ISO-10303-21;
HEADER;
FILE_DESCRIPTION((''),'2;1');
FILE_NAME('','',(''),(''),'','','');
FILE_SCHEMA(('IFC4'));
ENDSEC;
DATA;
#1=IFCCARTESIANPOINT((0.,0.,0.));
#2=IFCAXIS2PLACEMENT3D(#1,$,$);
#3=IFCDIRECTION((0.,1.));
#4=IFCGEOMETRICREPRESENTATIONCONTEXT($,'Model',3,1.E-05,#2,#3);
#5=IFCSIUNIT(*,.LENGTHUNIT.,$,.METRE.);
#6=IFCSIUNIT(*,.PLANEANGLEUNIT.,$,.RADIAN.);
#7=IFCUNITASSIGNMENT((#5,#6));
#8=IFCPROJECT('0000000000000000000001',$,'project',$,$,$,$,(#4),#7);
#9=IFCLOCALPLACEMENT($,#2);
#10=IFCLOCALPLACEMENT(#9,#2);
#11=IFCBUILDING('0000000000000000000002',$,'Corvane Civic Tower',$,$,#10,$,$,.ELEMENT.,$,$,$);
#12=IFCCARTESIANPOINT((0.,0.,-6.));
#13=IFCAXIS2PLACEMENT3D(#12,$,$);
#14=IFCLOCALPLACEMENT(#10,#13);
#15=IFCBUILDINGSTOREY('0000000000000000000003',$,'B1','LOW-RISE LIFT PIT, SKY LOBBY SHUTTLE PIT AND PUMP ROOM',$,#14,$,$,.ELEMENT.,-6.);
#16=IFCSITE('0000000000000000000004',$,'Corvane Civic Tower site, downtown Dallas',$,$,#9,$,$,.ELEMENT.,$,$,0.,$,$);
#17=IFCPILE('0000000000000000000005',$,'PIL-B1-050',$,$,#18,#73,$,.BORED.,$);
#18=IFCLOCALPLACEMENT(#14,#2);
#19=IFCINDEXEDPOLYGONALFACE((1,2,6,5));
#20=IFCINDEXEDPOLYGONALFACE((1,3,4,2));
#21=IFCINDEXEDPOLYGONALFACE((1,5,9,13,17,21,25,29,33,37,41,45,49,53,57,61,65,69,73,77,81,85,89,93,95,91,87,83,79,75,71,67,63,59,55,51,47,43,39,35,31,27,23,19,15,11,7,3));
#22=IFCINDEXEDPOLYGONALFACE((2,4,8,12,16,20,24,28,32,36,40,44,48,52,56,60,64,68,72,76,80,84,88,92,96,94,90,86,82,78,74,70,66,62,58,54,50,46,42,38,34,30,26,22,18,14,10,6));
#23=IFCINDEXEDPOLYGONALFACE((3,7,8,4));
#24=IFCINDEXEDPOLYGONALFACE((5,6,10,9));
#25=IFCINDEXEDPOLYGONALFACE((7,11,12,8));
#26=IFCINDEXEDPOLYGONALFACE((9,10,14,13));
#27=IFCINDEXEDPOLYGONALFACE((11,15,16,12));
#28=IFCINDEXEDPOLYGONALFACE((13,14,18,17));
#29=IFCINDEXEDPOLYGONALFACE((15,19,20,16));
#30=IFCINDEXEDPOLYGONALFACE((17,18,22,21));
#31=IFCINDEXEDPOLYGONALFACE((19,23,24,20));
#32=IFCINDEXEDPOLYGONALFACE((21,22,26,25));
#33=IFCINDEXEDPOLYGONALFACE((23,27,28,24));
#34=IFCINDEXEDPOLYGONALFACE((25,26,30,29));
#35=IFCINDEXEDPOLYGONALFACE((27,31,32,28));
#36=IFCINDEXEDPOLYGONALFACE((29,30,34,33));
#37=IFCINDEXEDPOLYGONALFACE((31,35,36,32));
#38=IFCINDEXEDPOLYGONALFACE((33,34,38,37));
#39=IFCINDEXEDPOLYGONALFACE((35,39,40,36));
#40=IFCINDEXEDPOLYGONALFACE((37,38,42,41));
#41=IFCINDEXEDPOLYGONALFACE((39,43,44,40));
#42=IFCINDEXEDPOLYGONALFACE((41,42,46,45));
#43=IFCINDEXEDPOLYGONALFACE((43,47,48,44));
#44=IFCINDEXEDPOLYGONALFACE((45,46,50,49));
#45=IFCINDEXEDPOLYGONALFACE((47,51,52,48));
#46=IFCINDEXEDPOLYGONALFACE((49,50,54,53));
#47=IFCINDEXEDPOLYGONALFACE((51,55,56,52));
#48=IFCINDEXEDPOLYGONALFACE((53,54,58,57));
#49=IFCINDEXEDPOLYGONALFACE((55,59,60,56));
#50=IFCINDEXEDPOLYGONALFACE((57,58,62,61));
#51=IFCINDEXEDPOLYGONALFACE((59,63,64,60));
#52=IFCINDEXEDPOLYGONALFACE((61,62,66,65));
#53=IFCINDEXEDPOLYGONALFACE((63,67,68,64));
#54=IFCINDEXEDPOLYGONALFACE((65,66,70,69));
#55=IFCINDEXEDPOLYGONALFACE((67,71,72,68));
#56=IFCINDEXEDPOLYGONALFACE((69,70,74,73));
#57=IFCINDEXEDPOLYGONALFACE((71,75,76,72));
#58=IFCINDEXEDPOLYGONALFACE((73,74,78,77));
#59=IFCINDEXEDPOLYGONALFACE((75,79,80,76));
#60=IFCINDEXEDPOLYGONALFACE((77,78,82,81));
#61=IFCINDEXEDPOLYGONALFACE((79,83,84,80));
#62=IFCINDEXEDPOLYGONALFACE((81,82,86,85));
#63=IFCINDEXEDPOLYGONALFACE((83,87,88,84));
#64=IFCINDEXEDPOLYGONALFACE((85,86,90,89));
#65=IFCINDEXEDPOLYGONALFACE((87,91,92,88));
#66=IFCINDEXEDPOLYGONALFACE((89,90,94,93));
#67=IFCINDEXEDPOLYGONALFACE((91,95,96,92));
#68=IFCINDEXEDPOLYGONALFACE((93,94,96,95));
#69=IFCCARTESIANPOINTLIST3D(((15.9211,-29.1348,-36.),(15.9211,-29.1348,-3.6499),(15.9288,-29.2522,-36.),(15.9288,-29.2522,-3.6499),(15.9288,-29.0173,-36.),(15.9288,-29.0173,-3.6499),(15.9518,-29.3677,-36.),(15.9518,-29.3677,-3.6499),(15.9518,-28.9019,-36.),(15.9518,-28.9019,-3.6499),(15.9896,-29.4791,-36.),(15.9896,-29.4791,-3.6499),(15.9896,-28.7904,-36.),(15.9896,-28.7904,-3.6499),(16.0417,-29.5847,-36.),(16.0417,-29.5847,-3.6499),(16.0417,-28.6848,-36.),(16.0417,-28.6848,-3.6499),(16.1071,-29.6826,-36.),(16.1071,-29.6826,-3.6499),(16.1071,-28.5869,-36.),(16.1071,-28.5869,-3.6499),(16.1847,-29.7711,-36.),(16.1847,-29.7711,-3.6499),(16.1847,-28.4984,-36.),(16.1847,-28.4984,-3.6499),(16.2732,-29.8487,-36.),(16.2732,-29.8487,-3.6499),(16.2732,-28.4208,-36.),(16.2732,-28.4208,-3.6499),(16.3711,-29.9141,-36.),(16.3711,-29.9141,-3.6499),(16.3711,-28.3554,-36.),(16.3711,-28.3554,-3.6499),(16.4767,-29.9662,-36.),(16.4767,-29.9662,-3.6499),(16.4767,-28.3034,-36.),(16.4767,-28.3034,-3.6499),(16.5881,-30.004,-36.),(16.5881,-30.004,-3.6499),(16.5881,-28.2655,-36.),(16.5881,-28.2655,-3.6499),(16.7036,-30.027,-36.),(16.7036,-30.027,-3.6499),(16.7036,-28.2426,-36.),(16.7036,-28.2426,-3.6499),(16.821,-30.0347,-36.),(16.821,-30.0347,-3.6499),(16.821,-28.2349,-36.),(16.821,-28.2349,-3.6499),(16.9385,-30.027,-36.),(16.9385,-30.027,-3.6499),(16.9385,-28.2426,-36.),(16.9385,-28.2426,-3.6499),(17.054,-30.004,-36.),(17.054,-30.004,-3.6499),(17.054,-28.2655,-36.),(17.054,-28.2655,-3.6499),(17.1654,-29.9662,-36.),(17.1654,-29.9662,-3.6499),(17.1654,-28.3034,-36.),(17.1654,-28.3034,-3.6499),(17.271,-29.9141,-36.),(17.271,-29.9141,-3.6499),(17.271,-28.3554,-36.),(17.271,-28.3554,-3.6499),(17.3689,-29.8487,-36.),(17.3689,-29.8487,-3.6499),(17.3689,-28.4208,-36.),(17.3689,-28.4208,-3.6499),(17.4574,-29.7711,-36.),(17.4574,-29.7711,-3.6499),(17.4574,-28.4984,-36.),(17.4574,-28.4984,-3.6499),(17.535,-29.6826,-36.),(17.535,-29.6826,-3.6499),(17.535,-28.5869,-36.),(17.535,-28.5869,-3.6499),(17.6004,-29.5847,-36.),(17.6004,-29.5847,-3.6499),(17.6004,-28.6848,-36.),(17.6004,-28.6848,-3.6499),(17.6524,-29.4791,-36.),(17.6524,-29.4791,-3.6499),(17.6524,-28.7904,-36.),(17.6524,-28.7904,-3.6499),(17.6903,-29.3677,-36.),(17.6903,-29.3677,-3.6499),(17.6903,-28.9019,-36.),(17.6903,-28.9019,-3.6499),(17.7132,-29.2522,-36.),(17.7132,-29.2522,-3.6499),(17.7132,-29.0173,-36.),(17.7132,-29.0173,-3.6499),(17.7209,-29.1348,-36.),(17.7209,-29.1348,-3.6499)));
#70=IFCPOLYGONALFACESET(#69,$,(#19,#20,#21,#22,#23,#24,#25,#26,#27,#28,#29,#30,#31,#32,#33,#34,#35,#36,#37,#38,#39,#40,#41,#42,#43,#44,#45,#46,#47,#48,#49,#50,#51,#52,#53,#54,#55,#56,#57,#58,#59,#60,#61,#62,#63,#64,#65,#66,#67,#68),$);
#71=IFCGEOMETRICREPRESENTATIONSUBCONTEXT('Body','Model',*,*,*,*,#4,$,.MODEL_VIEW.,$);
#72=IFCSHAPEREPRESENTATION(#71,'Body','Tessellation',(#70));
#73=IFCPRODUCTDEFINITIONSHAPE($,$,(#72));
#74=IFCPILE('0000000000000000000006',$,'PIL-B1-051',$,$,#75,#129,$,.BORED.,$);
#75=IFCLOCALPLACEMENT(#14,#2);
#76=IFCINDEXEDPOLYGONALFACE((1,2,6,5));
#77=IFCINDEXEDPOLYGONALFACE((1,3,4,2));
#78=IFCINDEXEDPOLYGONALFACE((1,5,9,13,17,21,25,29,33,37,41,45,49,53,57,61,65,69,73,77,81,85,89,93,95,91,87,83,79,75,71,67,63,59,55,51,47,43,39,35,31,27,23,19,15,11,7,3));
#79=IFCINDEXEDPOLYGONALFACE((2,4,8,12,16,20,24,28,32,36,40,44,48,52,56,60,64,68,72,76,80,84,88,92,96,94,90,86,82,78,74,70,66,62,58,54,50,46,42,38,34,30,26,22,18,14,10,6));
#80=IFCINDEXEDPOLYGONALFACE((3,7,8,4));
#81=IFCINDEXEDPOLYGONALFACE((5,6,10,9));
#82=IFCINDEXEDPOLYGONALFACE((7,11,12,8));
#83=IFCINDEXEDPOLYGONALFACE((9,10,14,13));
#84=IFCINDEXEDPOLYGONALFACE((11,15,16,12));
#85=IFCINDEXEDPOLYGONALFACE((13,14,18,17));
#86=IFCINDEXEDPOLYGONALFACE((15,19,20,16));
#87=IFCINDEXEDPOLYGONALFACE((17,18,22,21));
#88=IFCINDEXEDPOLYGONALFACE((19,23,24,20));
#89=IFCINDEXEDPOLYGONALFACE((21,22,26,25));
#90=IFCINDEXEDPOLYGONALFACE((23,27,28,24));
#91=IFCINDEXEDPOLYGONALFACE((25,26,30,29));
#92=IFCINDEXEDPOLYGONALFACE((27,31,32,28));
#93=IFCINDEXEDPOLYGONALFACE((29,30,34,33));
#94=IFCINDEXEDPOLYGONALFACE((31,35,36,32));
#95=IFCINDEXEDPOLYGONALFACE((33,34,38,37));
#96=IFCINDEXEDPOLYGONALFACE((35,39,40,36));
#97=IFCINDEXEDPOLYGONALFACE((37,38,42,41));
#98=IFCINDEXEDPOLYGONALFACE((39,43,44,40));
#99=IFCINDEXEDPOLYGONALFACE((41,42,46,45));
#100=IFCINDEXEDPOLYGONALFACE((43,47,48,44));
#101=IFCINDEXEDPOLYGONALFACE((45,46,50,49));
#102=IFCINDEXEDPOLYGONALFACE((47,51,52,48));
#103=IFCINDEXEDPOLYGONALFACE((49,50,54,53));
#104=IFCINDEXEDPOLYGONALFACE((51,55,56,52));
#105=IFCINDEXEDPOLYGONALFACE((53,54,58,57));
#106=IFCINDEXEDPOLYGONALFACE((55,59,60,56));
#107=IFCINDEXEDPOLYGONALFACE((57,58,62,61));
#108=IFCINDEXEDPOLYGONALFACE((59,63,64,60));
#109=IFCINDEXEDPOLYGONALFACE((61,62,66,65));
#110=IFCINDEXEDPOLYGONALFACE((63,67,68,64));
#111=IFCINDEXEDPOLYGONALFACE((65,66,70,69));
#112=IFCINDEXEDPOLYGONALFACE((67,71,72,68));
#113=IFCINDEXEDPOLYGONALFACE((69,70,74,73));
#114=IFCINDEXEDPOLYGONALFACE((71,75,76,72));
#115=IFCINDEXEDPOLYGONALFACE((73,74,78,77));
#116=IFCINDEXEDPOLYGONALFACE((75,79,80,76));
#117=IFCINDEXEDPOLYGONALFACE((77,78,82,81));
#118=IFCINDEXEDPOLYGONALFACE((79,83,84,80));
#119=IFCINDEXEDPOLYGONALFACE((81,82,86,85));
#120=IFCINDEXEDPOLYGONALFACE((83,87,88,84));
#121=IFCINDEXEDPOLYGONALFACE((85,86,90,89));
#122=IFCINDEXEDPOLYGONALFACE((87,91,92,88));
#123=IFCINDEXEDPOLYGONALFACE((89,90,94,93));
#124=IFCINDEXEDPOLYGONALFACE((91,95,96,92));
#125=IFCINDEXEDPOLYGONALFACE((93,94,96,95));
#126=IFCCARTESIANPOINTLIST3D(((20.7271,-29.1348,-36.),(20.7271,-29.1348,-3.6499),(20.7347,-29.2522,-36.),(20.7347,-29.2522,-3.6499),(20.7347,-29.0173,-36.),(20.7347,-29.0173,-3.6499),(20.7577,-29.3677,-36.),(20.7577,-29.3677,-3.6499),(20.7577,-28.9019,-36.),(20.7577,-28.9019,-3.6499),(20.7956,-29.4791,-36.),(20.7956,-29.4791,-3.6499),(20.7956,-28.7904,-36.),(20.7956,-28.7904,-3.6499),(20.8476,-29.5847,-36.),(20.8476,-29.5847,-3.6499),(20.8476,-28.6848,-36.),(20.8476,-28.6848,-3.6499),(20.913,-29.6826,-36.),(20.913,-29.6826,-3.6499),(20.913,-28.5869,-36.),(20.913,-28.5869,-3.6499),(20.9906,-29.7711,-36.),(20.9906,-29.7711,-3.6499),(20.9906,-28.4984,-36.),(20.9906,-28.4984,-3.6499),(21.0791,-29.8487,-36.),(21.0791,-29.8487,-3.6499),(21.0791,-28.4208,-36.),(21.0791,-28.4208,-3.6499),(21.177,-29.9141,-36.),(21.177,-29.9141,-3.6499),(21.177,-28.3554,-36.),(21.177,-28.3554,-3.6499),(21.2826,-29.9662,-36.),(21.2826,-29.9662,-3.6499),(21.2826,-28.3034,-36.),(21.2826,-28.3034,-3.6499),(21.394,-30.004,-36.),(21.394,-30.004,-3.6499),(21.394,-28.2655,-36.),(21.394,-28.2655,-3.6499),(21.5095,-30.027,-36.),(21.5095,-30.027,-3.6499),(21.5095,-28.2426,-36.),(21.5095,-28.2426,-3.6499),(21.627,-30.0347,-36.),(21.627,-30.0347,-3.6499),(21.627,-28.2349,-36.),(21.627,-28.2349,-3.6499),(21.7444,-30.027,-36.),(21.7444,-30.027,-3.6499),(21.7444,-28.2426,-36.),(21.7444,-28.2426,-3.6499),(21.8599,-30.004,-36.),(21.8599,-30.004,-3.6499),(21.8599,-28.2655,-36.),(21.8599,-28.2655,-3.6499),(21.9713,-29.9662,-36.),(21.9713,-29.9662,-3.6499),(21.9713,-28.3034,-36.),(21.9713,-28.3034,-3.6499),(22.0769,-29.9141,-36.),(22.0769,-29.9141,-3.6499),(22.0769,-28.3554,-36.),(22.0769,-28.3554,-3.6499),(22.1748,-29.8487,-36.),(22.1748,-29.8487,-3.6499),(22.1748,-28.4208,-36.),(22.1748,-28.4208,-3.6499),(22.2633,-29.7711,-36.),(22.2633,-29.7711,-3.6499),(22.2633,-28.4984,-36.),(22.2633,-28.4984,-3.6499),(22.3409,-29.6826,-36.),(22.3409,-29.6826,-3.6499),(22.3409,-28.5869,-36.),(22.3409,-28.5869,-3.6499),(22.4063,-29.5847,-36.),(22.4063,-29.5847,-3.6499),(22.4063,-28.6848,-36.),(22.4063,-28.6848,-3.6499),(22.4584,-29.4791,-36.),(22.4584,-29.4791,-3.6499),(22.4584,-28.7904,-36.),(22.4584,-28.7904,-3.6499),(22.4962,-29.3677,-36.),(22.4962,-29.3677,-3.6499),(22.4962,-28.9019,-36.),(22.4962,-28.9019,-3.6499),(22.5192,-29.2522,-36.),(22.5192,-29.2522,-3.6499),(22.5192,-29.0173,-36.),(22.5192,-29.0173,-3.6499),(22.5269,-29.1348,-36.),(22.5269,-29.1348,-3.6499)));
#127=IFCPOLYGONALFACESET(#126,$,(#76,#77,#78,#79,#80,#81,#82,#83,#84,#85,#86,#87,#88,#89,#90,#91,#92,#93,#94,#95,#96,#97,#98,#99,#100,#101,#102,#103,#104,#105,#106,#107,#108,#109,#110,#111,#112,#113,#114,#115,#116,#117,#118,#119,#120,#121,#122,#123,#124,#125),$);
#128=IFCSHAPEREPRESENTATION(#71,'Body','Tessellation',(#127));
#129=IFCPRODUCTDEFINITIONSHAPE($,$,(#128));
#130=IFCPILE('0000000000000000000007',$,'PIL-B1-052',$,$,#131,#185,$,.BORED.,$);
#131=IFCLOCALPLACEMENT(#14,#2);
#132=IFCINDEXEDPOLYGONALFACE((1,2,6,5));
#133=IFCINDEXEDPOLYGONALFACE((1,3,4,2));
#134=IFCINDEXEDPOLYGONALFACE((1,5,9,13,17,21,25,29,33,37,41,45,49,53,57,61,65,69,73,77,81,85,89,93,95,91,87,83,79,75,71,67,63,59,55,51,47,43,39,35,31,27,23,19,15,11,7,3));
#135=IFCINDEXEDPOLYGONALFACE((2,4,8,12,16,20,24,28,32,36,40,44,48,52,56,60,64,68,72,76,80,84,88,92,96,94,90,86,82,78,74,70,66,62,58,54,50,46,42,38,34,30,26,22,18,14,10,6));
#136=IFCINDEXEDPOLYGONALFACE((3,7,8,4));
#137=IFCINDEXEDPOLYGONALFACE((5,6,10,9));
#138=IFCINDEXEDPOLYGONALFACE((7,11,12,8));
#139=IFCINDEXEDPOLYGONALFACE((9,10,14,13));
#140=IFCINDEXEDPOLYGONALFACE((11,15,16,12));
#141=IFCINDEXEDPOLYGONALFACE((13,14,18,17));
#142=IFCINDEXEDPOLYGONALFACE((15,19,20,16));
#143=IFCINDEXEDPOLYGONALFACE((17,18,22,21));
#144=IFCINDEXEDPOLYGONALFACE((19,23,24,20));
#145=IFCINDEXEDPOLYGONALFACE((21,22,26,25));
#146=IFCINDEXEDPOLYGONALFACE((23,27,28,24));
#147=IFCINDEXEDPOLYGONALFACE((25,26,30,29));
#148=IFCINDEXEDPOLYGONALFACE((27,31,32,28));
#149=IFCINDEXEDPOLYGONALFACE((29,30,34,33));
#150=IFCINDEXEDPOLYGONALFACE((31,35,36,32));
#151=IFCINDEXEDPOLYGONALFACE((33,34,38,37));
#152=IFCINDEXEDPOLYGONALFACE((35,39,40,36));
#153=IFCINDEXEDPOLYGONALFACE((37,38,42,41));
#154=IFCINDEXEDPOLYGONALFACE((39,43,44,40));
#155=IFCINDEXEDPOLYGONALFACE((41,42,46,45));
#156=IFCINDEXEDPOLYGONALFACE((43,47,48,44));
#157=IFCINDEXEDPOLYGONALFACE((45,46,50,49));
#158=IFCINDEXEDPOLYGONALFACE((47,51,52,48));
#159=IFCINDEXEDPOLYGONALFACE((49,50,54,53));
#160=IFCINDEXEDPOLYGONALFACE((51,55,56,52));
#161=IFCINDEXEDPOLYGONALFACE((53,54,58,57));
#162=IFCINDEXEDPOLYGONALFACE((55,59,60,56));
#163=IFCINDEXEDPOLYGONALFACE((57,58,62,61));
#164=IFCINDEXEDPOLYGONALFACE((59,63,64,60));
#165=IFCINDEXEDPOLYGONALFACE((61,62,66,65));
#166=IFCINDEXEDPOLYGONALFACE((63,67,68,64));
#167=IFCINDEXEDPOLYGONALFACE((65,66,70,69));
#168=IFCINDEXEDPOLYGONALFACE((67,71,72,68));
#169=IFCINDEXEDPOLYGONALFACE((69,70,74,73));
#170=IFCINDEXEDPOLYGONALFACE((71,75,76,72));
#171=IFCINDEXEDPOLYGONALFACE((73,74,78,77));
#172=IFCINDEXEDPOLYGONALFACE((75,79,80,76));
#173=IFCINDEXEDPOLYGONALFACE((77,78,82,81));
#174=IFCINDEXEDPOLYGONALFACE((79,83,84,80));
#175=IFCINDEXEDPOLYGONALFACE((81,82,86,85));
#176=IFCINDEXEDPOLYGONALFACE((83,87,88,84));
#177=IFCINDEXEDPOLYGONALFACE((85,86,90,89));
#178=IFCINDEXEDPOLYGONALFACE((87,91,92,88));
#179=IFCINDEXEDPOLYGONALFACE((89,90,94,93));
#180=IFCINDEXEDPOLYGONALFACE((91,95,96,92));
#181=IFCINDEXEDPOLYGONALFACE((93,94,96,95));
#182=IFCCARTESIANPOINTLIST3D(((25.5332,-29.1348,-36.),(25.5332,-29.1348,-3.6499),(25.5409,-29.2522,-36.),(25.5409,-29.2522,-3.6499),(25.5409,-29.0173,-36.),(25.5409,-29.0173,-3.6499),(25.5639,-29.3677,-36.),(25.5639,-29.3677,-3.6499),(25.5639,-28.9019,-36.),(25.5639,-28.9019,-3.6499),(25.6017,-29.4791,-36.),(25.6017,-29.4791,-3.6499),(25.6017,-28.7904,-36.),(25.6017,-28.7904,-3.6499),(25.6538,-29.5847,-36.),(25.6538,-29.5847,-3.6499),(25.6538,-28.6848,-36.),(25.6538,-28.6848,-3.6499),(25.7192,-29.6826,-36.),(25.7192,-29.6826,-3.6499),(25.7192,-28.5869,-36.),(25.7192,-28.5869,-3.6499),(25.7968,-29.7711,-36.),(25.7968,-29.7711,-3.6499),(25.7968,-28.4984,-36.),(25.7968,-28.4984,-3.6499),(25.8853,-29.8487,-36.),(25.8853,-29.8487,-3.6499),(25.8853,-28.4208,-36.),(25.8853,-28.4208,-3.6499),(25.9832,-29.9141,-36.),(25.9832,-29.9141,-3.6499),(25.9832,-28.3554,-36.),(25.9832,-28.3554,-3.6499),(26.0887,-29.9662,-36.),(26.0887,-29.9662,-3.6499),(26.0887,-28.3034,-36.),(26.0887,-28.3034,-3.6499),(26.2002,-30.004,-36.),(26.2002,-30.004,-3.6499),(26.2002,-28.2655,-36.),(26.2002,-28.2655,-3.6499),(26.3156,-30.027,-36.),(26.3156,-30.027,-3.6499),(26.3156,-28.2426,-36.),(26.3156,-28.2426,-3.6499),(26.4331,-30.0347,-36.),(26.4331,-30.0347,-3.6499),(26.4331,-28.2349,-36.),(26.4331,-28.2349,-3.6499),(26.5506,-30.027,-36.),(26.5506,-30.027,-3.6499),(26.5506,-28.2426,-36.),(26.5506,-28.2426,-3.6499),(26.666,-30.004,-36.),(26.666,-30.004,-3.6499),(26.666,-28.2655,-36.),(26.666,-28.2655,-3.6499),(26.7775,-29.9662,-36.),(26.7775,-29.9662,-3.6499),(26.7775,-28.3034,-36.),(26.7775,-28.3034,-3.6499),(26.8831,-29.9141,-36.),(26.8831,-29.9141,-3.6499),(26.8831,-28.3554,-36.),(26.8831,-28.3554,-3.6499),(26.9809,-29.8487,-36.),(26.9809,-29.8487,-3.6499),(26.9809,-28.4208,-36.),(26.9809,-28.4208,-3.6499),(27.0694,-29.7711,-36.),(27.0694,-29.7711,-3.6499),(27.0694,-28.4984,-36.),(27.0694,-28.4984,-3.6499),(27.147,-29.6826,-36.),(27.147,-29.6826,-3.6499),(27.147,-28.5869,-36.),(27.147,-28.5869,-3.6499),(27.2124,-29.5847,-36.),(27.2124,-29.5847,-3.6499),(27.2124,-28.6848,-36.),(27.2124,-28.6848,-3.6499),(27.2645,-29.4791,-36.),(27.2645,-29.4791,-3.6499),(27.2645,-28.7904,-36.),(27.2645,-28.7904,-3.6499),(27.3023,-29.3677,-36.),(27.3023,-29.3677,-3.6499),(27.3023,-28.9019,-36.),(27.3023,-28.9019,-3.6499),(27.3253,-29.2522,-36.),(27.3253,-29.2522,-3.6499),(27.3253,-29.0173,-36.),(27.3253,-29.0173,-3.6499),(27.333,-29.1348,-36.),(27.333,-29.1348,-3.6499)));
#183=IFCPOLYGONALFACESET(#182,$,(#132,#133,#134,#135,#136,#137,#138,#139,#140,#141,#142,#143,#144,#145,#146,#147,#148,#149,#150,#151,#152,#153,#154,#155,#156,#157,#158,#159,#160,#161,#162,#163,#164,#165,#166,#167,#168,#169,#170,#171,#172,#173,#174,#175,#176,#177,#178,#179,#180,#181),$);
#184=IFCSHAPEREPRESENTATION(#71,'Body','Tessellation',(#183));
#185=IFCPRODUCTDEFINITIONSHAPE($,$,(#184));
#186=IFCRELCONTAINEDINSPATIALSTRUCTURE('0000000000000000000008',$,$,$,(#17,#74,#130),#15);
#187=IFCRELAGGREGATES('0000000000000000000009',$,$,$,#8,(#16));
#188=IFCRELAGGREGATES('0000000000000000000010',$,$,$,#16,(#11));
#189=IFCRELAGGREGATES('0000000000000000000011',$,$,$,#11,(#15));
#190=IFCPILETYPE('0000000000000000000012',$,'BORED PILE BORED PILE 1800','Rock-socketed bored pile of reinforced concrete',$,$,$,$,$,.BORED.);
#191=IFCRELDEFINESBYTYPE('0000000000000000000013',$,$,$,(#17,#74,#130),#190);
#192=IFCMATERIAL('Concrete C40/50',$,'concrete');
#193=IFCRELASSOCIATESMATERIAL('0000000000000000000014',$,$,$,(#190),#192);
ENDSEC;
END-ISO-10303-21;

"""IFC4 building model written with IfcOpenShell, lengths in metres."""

from ifc_helpers import new_model, si_unit, direction, frame, origin, origin_2d, place, context, subcontext, project, spatial, circle, extrude, material, material_profile, profile_set, type_object, element, save


model = new_model("IFC4")

# Units and contexts
model_context = context("Model", 3, precision=1e-05, world=origin(), true_north=direction((0.0, 1.0)))
body_context = subcontext(model_context, "Body", "Model", "MODEL_VIEW")
ifc_project = project(units=[si_unit("LENGTHUNIT", "METRE"), si_unit("PLANEANGLEUNIT", "RADIAN")], contexts=[model_context])

# Site, building, storey
site_placement = place(None, origin())
site = spatial("IfcSite", under=ifc_project, at=site_placement, Name="Corvane Civic Tower site, downtown Dallas", CompositionType="ELEMENT", RefElevation=0.0)
building_placement = place(site_placement, origin())
building = spatial("IfcBuilding", under=site, at=building_placement, Name="Corvane Civic Tower", CompositionType="ELEMENT")
storey_placement = place(building_placement, frame((0.0, 0.0, -6.0)))
storey = spatial("IfcBuildingStorey", under=building, at=storey_placement, Name="B1", Description="LOW-RISE LIFT PIT, SKY LOBBY SHUTTLE PIT AND PUMP ROOM", CompositionType="ELEMENT", Elevation=-6.0)

# Piles
ifc_material_1 = material(Name="Concrete C40/50", Category="concrete")
ifc_material_profile_1 = material_profile(ifc_material_1, circle(Radius=0.8999, at=origin_2d()), Name="BORED PILE 1800")
ifc_profile_set_1 = profile_set([ifc_material_profile_1], Name="Concrete C40/50")
pile_type_1 = type_object("IfcPileType", Name="BORED PILE BORED PILE 1800", Description="Rock-socketed bored pile of reinforced concrete", PredefinedType="BORED", material=ifc_profile_set_1)
for number, where, z_axis, x_axis, name in (
    (1, (16.821, -29.1348, -3.6499), (0.0, 0.0, -1.0), (1.0, 0.0, 0.0), "PIL-B1-050"),
    (2, (21.627, -29.1348, -3.6499), (0.0, 0.0, -1.0), (1.0, 0.0, 0.0), "PIL-B1-051"),
    (3, (26.4331, -29.1348, -3.6499), (0.0, 0.0, -1.0), (1.0, 0.0, 0.0), "PIL-B1-052"),
):
    element("IfcPile", number, at=place(storey_placement, frame(where, z_axis=z_axis, x_axis=x_axis)), inside=storey, type_object=pile_type_1, Name=name, PredefinedType="BORED", context=body_context, shape_type="SweptSolid", body=[
        extrude(circle(Radius=0.8999, at=origin_2d()), origin(), (0.0, 0.0, 1.0), 32.3501),
    ])

save(model, "model.ifc")
